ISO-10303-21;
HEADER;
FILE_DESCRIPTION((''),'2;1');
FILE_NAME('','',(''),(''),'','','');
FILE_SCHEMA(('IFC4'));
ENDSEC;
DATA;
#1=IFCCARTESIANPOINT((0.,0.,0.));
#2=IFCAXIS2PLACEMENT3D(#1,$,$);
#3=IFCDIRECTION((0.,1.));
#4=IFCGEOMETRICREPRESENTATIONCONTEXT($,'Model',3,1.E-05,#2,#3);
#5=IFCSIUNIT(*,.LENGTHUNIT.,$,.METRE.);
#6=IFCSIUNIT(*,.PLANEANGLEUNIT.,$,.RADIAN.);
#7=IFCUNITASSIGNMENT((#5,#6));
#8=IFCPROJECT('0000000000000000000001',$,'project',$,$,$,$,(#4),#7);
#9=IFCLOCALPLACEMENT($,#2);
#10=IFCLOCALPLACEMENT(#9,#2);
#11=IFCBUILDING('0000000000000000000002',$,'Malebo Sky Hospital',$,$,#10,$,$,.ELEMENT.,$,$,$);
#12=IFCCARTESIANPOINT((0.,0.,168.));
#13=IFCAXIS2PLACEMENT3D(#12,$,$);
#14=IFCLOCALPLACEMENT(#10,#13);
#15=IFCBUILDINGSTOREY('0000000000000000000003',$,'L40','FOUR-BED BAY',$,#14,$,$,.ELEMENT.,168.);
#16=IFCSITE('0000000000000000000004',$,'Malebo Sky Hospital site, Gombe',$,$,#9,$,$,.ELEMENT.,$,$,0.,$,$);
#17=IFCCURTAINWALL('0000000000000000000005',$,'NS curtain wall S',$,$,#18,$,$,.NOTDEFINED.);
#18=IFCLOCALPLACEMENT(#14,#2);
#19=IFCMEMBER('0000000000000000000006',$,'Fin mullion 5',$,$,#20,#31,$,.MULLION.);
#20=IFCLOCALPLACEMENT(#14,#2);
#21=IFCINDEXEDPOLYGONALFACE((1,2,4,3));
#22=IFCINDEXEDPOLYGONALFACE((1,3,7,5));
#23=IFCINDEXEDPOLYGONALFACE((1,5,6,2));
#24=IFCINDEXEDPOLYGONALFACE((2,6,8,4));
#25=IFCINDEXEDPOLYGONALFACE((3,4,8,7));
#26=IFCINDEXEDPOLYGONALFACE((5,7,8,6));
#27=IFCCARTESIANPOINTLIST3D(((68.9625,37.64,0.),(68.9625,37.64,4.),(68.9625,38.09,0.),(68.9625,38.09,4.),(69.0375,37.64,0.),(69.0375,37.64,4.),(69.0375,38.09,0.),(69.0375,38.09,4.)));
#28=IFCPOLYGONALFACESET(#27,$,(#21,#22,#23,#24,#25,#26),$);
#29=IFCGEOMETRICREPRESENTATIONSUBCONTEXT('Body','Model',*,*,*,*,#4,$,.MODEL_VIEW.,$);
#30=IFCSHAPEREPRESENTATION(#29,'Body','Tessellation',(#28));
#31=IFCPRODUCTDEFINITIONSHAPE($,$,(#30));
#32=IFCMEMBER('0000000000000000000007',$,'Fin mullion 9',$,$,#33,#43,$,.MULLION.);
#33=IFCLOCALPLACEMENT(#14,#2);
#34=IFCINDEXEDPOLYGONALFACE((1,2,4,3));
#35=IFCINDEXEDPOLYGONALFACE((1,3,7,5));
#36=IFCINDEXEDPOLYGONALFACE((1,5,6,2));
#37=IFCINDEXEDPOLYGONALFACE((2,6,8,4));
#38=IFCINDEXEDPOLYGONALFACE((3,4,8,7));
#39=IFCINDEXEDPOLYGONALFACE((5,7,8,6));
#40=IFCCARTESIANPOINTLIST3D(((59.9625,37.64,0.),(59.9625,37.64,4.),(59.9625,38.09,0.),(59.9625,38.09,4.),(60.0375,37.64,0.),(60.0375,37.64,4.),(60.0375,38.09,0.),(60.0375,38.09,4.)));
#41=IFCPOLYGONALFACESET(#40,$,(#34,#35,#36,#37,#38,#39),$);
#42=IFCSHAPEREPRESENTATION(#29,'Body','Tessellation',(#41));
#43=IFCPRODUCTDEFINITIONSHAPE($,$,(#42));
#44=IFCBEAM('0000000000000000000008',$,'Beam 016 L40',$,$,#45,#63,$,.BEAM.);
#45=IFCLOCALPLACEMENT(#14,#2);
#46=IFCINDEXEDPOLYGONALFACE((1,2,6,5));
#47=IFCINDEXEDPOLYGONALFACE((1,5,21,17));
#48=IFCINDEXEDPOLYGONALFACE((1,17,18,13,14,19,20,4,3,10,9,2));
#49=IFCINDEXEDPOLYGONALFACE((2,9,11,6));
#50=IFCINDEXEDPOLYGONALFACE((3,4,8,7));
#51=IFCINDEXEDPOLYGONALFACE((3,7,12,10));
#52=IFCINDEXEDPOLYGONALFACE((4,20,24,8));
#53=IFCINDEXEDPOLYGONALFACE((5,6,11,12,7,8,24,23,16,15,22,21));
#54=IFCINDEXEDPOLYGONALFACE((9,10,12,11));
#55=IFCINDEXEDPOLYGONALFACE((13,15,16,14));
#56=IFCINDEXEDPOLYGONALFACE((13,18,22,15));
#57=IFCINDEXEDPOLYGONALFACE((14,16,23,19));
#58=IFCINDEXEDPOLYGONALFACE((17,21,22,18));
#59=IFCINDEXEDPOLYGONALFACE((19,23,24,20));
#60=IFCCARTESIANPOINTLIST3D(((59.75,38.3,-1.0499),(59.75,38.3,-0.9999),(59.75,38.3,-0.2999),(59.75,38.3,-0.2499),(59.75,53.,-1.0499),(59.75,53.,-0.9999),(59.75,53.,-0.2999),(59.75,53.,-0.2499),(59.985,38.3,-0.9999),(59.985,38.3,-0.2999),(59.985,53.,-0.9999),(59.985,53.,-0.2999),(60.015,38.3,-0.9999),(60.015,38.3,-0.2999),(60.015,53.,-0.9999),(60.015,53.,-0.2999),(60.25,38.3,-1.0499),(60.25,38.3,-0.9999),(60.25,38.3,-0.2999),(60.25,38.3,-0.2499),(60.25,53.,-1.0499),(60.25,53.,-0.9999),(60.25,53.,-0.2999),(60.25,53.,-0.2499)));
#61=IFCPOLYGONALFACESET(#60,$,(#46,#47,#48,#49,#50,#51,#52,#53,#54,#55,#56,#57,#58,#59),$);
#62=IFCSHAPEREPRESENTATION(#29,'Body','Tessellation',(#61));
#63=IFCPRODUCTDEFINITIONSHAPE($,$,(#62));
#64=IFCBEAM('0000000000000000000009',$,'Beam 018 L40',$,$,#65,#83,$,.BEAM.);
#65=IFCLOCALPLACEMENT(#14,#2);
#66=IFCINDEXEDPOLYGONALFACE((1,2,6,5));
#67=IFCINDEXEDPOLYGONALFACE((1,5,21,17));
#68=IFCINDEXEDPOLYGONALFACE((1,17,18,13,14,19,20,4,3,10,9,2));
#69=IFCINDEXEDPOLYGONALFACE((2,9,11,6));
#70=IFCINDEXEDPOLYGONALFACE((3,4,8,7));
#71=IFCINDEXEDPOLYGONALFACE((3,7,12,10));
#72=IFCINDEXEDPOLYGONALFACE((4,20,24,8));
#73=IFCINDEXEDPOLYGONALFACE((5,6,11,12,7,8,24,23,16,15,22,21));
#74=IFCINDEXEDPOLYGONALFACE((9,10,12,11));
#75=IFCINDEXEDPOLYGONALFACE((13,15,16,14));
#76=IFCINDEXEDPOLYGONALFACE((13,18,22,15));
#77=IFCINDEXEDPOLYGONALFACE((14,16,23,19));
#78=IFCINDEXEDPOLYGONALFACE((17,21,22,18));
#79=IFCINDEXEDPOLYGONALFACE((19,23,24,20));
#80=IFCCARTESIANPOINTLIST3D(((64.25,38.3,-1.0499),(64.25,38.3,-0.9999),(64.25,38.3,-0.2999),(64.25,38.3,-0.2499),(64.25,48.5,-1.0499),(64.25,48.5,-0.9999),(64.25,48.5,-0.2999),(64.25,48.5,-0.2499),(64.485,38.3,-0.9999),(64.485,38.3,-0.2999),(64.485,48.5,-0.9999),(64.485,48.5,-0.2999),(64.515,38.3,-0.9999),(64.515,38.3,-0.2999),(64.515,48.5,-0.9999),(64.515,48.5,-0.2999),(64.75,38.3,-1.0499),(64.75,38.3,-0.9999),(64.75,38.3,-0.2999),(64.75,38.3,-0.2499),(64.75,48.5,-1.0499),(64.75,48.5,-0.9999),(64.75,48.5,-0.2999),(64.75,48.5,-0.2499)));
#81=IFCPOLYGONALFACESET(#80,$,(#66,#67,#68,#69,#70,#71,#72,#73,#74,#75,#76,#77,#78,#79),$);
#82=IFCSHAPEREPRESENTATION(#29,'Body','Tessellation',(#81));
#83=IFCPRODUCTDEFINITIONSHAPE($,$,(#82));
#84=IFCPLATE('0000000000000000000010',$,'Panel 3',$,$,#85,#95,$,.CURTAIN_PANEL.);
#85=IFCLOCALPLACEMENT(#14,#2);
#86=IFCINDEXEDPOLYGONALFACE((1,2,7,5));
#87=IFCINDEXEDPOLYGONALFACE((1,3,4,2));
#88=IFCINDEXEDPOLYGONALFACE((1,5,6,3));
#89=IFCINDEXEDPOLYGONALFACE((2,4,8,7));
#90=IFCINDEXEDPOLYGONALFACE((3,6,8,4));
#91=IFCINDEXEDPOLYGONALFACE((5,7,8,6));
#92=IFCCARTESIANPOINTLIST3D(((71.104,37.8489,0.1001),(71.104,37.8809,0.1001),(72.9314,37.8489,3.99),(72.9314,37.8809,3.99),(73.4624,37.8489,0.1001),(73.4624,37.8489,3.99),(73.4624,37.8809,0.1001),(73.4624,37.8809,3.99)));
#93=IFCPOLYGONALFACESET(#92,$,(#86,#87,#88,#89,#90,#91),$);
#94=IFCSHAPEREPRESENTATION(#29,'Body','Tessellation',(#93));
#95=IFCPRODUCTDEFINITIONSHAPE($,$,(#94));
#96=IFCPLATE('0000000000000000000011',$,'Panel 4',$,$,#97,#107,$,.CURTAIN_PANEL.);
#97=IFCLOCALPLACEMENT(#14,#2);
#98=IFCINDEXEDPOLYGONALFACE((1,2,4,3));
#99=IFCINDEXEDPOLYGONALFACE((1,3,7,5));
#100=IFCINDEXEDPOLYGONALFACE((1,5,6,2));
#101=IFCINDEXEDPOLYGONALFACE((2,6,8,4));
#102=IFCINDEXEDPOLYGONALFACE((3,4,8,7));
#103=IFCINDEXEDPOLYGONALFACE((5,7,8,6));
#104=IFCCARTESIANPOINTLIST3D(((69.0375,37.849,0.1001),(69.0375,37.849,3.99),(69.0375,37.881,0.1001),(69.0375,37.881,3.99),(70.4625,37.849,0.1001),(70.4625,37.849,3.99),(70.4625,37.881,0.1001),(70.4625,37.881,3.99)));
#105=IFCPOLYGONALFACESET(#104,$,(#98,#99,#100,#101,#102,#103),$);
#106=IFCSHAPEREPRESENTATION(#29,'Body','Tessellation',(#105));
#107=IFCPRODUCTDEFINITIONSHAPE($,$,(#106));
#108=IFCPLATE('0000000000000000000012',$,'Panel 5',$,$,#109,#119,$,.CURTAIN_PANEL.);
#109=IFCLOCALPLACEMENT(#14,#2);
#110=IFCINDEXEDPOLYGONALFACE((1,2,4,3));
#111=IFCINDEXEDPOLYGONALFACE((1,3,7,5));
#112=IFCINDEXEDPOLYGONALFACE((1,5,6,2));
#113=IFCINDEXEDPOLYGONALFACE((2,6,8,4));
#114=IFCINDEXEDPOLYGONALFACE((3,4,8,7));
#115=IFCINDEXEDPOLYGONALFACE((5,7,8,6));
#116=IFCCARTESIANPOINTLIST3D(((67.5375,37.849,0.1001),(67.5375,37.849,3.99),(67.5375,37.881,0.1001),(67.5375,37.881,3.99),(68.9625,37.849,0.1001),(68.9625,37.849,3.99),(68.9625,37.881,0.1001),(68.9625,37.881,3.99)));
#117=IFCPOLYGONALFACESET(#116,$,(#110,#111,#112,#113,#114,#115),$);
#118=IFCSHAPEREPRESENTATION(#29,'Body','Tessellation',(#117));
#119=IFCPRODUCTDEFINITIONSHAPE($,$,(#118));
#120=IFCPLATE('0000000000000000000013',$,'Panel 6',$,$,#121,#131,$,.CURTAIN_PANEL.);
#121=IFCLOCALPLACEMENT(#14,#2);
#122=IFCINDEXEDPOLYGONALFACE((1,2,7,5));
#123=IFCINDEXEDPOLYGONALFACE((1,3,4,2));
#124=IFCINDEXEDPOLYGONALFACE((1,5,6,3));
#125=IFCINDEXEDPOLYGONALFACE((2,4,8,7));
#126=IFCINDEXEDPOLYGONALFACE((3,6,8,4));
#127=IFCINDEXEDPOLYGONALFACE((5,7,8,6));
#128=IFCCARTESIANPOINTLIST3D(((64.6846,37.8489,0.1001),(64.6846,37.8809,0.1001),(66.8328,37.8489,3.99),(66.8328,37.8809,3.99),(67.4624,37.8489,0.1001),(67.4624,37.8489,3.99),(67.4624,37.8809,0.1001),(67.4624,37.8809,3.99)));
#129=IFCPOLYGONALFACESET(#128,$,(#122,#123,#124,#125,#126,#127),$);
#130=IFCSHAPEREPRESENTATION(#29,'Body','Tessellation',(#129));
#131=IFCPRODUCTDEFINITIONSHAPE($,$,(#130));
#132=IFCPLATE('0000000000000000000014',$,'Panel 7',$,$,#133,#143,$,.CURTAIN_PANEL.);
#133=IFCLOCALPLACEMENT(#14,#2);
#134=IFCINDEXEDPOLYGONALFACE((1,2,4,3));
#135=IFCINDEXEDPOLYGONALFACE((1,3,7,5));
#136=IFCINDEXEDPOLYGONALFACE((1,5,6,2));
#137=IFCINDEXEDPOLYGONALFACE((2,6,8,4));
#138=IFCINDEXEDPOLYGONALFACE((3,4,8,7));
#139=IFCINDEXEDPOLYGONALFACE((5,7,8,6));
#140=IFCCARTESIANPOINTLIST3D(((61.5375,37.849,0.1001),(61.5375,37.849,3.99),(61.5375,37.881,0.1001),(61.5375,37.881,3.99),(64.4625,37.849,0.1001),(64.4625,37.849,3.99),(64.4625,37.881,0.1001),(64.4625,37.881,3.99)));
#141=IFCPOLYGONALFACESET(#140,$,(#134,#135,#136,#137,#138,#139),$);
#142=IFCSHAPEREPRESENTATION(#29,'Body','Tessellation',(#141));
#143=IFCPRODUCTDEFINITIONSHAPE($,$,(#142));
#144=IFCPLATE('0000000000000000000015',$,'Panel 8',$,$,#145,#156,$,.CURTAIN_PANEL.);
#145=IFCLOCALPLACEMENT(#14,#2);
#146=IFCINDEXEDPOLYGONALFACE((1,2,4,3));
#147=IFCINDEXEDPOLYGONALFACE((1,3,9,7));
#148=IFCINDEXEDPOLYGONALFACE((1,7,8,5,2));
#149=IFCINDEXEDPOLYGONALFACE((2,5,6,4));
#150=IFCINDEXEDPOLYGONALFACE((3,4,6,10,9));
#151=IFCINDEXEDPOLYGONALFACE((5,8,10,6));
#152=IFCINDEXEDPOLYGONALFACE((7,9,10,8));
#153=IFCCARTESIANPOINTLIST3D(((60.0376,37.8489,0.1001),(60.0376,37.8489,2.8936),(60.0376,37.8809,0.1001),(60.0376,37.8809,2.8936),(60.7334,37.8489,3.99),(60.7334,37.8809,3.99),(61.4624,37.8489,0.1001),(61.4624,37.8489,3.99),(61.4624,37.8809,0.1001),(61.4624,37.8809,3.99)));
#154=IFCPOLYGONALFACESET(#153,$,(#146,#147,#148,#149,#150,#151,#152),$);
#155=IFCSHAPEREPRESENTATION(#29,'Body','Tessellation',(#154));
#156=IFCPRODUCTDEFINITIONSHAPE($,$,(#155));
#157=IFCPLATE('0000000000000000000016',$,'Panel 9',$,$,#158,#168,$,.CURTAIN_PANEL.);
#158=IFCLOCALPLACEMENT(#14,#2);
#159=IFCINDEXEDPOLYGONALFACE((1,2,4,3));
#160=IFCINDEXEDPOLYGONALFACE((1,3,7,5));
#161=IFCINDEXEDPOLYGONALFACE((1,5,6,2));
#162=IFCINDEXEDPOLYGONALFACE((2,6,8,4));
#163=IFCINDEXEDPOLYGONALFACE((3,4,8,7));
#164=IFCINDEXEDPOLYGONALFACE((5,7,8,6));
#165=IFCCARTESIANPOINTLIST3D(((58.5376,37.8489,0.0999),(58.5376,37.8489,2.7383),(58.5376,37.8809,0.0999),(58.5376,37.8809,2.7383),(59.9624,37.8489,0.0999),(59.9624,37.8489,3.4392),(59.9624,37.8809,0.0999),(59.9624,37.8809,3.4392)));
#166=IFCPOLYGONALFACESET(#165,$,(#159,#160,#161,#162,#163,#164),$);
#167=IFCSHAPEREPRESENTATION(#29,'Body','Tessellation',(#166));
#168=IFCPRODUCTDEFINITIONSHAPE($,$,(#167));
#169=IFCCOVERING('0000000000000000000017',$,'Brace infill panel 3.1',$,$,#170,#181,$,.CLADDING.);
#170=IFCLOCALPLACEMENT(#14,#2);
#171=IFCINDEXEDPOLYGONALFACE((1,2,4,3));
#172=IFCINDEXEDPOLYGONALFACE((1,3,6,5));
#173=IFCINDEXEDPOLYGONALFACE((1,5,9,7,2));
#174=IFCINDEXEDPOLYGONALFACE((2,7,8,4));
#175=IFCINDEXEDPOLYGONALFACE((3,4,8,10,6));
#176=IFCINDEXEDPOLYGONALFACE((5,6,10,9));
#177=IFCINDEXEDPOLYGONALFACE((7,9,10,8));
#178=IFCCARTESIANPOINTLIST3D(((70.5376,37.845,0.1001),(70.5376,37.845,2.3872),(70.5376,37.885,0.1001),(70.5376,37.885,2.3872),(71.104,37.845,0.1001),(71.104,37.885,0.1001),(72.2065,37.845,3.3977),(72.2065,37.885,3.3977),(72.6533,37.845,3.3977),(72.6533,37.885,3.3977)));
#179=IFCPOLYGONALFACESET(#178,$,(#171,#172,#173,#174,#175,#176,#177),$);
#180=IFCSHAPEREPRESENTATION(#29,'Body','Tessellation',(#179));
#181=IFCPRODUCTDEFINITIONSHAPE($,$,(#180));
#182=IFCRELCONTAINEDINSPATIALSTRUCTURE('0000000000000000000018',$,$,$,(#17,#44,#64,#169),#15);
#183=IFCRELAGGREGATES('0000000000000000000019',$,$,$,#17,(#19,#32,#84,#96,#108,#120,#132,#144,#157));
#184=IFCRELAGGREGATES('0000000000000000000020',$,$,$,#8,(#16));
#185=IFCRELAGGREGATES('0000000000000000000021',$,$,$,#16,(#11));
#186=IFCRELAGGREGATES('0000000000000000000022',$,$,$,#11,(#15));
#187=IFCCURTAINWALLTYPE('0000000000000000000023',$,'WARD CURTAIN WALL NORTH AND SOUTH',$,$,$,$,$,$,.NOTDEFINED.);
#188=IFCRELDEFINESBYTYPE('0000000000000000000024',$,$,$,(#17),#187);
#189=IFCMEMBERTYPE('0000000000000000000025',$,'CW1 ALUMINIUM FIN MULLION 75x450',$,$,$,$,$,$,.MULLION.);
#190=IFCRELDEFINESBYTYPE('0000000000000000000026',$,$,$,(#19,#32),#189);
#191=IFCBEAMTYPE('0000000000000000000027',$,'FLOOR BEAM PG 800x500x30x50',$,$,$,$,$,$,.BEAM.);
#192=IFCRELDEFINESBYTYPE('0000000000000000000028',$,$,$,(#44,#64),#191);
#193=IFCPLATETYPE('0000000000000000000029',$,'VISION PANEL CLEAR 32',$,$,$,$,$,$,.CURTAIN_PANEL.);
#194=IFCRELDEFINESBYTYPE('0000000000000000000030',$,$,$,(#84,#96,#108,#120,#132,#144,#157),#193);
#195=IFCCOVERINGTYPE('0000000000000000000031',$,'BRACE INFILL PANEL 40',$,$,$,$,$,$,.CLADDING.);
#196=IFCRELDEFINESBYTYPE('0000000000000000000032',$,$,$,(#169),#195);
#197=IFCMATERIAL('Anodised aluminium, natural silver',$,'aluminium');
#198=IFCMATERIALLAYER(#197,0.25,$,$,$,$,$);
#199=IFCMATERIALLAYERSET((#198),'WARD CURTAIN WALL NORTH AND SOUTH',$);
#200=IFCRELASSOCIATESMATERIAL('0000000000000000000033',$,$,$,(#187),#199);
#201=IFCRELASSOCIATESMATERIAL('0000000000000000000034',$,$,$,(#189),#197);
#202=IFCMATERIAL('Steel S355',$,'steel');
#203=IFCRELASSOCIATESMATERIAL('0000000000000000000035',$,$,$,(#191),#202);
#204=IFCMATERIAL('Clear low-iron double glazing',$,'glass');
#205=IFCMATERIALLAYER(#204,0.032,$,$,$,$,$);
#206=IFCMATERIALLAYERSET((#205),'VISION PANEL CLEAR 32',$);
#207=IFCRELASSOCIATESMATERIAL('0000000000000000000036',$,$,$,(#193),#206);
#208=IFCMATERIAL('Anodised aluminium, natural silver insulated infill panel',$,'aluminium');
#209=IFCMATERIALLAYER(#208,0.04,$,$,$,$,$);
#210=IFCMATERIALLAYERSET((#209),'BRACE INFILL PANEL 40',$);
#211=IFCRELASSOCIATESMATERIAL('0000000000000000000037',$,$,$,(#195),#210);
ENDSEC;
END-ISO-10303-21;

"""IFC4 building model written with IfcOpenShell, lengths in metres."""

from ifc_helpers import new_model, si_unit, direction, frame, origin, origin_2d, place, context, subcontext, project, spatial, polyline, rectangle, i_section, outline, extrude, material, layer, layer_set, material_profile, profile_set, type_object, element, aggregate, save


model = new_model("IFC4")

# Units and contexts
model_context = context("Model", 3, precision=1e-05, world=origin(), true_north=direction((0.0, 1.0)))
body_context = subcontext(model_context, "Body", "Model", "MODEL_VIEW")
ifc_project = project(units=[si_unit("LENGTHUNIT", "METRE"), si_unit("PLANEANGLEUNIT", "RADIAN")], contexts=[model_context])

# Site, building, storey
site_placement = place(None, origin())
site = spatial("IfcSite", under=ifc_project, at=site_placement, Name="Malebo Sky Hospital site, Gombe", CompositionType="ELEMENT", RefElevation=0.0)
building_placement = place(site_placement, origin())
building = spatial("IfcBuilding", under=site, at=building_placement, Name="Malebo Sky Hospital", CompositionType="ELEMENT")
storey_placement = place(building_placement, frame((0.0, 0.0, 168.0)))
storey = spatial("IfcBuildingStorey", under=building, at=storey_placement, Name="L40", Description="FOUR-BED BAY", CompositionType="ELEMENT", Elevation=168.0)

# Curtain wall, members
ifc_material_1 = material(Name="Anodised aluminium, natural silver", Category="aluminium")
ifc_layer_1 = layer(ifc_material_1, 0.25)
ifc_layer_set_1 = layer_set([ifc_layer_1], Name="WARD CURTAIN WALL NORTH AND SOUTH")
curtain_wall_type = type_object("IfcCurtainWallType", Name="WARD CURTAIN WALL NORTH AND SOUTH", PredefinedType="NOTDEFINED", material=ifc_layer_set_1)
curtain_wall_placement = place(storey_placement, origin())
curtain_wall = element("IfcCurtainWall", 1, at=curtain_wall_placement, inside=storey, type_object=curtain_wall_type, Name="NS curtain wall S", PredefinedType="NOTDEFINED")
ifc_material_profile_1 = material_profile(ifc_material_1, rectangle(XDim=0.075, YDim=0.45, at=origin_2d()), Name="CW1 ALUMINIUM FIN MULLION 75x450")
ifc_profile_set_1 = profile_set([ifc_material_profile_1], Name="Anodised aluminium, natural silver")
member_type_1 = type_object("IfcMemberType", Name="CW1 ALUMINIUM FIN MULLION 75x450", PredefinedType="MULLION", material=ifc_profile_set_1)
member_1_placement = place(storey_placement, frame((69.0, 37.865, 0.0), z_axis=(0.0, 0.0, 1.0), x_axis=(-1.0, 0.0, 0.0)))
member_1 = element("IfcMember", 2, at=member_1_placement, type_object=member_type_1, Name="Fin mullion 5", PredefinedType="MULLION", context=body_context, shape_type="SweptSolid", body=[
    extrude(rectangle(XDim=0.075, YDim=0.45, at=origin_2d()), origin(), (0.0, 0.0, 1.0), 4.0),
])
member_2_placement = place(storey_placement, frame((60.0, 37.865, 0.0), z_axis=(0.0, 0.0, 1.0), x_axis=(-1.0, 0.0, 0.0)))
member_2 = element("IfcMember", 3, at=member_2_placement, type_object=member_type_1, Name="Fin mullion 9", PredefinedType="MULLION", context=body_context, shape_type="SweptSolid", body=[
    extrude(rectangle(XDim=0.075, YDim=0.45, at=origin_2d()), origin(), (0.0, 0.0, 1.0), 4.0),
])

# Beams
ifc_material_2 = material(Name="Steel S355", Category="steel")
ifc_material_profile_2 = material_profile(ifc_material_2, i_section(OverallWidth=0.5, OverallDepth=0.8, WebThickness=0.03, FlangeThickness=0.05, at=origin_2d()), Name="PG 800x500x30x50")
ifc_profile_set_2 = profile_set([ifc_material_profile_2], Name="Steel S355")
beam_type = type_object("IfcBeamType", Name="FLOOR BEAM PG 800x500x30x50", PredefinedType="BEAM", material=ifc_profile_set_2)
beam_1_placement = place(storey_placement, frame((60.0, 38.3, -0.6499), z_axis=(0.0, 1.0, 0.0), x_axis=(-1.0, 0.0, 0.0)))
element("IfcBeam", 4, at=beam_1_placement, inside=storey, type_object=beam_type, Name="Beam 016 L40", PredefinedType="BEAM", context=body_context, shape_type="SweptSolid", body=[
    extrude(i_section(OverallWidth=0.5, OverallDepth=0.8, WebThickness=0.03, FlangeThickness=0.05, at=origin_2d()), origin(), (0.0, 0.0, 1.0), 14.7),
])
beam_2_placement = place(storey_placement, frame((64.5, 38.3, -0.6499), z_axis=(0.0, 1.0, 0.0), x_axis=(-1.0, 0.0, 0.0)))
element("IfcBeam", 5, at=beam_2_placement, inside=storey, type_object=beam_type, Name="Beam 018 L40", PredefinedType="BEAM", context=body_context, shape_type="SweptSolid", body=[
    extrude(i_section(OverallWidth=0.5, OverallDepth=0.8, WebThickness=0.03, FlangeThickness=0.05, at=origin_2d()), origin(), (0.0, 0.0, 1.0), 10.2),
])

# Plates
ifc_material_3 = material(Name="Clear low-iron double glazing", Category="glass")
ifc_layer_2 = layer(ifc_material_3, 0.032)
ifc_layer_set_2 = layer_set([ifc_layer_2], Name="VISION PANEL CLEAR 32")
plate_type = type_object("IfcPlateType", Name="VISION PANEL CLEAR 32", PredefinedType="CURTAIN_PANEL", material=ifc_layer_set_2)
plate_1_placement = place(storey_placement, frame((72.2832, 37.865, 0.1001), z_axis=(0.0, 0.0, 1.0), x_axis=(-1.0, 0.0, 0.0)))
plate_1 = element("IfcPlate", 6, at=plate_1_placement, type_object=plate_type, Name="Panel 3", PredefinedType="CURTAIN_PANEL", context=body_context, shape_type="SweptSolid", body=[
    extrude(outline(polyline([(-1.1792, 0.0), (1.1792, 0.0), (-0.6482, 3.8899), (-1.1792, 3.8899), (-1.1792, 0.0)])), frame((0.0, 0.0161, 0.0), z_axis=(0.0, -1.0, 0.0), x_axis=(1.0, 0.0, 0.0)), (0.0, 0.0, 1.0), 0.032),
])
plate_2_placement = place(storey_placement, frame((69.75, 37.865, 0.1001), z_axis=(0.0, 0.0, 1.0), x_axis=(-1.0, 0.0, 0.0)))
plate_2 = element("IfcPlate", 7, at=plate_2_placement, type_object=plate_type, Name="Panel 4", PredefinedType="CURTAIN_PANEL", context=body_context, shape_type="SweptSolid", body=[
    extrude(rectangle(XDim=1.425, YDim=0.032, at=origin_2d()), origin(), (0.0, 0.0, 1.0), 3.8899),
])
plate_3_placement = place(storey_placement, frame((68.25, 37.865, 0.1001), z_axis=(0.0, 0.0, 1.0), x_axis=(-1.0, 0.0, 0.0)))
plate_3 = element("IfcPlate", 8, at=plate_3_placement, type_object=plate_type, Name="Panel 5", PredefinedType="CURTAIN_PANEL", context=body_context, shape_type="SweptSolid", body=[
    extrude(rectangle(XDim=1.425, YDim=0.032, at=origin_2d()), origin(), (0.0, 0.0, 1.0), 3.8899),
])
plate_4_placement = place(storey_placement, frame((66.0735, 37.865, 0.1001), z_axis=(0.0, 0.0, 1.0), x_axis=(-1.0, 0.0, 0.0)))
plate_4 = element("IfcPlate", 9, at=plate_4_placement, type_object=plate_type, Name="Panel 6", PredefinedType="CURTAIN_PANEL", context=body_context, shape_type="SweptSolid", body=[
    extrude(outline(polyline([(-1.3889, 0.0), (1.3889, 0.0), (-0.7593, 3.8899), (-1.3889, 3.8899), (-1.3889, 0.0)])), frame((0.0, 0.0161, 0.0), z_axis=(0.0, -1.0, 0.0), x_axis=(1.0, 0.0, 0.0)), (0.0, 0.0, 1.0), 0.032),
])
plate_5_placement = place(storey_placement, frame((63.0, 37.865, 0.1001), z_axis=(0.0, 0.0, 1.0), x_axis=(-1.0, 0.0, 0.0)))
plate_5 = element("IfcPlate", 10, at=plate_5_placement, type_object=plate_type, Name="Panel 7", PredefinedType="CURTAIN_PANEL", context=body_context, shape_type="SweptSolid", body=[
    extrude(rectangle(XDim=2.925, YDim=0.032, at=origin_2d()), origin(), (0.0, 0.0, 1.0), 3.8899),
])
plate_6_placement = place(storey_placement, frame((60.75, 37.865, 0.1001), z_axis=(0.0, 0.0, 1.0), x_axis=(-1.0, 0.0, 0.0)))
plate_6 = element("IfcPlate", 11, at=plate_6_placement, type_object=plate_type, Name="Panel 8", PredefinedType="CURTAIN_PANEL", context=body_context, shape_type="SweptSolid", body=[
    extrude(outline(polyline([(-0.7124, 0.0), (0.7124, 0.0), (0.7124, 2.7935), (0.0166, 3.8899), (-0.7124, 3.8899), (-0.7124, 0.0)])), frame((0.0, 0.0161, 0.0), z_axis=(0.0, -1.0, 0.0), x_axis=(1.0, 0.0, 0.0)), (0.0, 0.0, 1.0), 0.032),
])
plate_7_placement = place(storey_placement, frame((59.25, 37.865, 0.0999), z_axis=(0.0, 0.0, 1.0), x_axis=(-1.0, 0.0, 0.0)))
plate_7 = element("IfcPlate", 12, at=plate_7_placement, type_object=plate_type, Name="Panel 9", PredefinedType="CURTAIN_PANEL", context=body_context, shape_type="SweptSolid", body=[
    extrude(outline(polyline([(-0.7124, 0.0), (0.7124, 0.0), (0.7124, 2.6384), (-0.7124, 3.3394), (-0.7124, 0.0)])), frame((0.0, 0.0161, 0.0), z_axis=(0.0, -1.0, 0.0), x_axis=(1.0, 0.0, 0.0)), (0.0, 0.0, 1.0), 0.032),
])
aggregate(curtain_wall, [member_1, member_2, plate_1, plate_2, plate_3, plate_4, plate_5, plate_6, plate_7])

# Covering
ifc_material_4 = material(Name="Anodised aluminium, natural silver insulated infill panel", Category="aluminium")
ifc_layer_3 = layer(ifc_material_4, 0.04)
ifc_layer_set_3 = layer_set([ifc_layer_3], Name="BRACE INFILL PANEL 40")
covering_type = type_object("IfcCoveringType", Name="BRACE INFILL PANEL 40", PredefinedType="CLADDING", material=ifc_layer_set_3)
covering_1_placement = place(storey_placement, frame((71.5955, 37.865, 0.1001), z_axis=(0.0, 0.0, 1.0), x_axis=(-1.0, 0.0, 0.0)))
element("IfcCovering", 13, at=covering_1_placement, inside=storey, type_object=covering_type, Name="Brace infill panel 3.1", PredefinedType="CLADDING", context=body_context, shape_type="SweptSolid", body=[
    extrude(outline(polyline([(0.4915, 0.0), (1.0579, 0.0), (1.0579, 2.2871), (-0.6111, 3.2976), (-1.0579, 3.2976), (0.4915, 0.0)])), frame((0.0, 0.02, 0.0), z_axis=(0.0, -1.0, 0.0), x_axis=(1.0, 0.0, 0.0)), (0.0, 0.0, 1.0), 0.04),
])

save(model, "model.ifc")
